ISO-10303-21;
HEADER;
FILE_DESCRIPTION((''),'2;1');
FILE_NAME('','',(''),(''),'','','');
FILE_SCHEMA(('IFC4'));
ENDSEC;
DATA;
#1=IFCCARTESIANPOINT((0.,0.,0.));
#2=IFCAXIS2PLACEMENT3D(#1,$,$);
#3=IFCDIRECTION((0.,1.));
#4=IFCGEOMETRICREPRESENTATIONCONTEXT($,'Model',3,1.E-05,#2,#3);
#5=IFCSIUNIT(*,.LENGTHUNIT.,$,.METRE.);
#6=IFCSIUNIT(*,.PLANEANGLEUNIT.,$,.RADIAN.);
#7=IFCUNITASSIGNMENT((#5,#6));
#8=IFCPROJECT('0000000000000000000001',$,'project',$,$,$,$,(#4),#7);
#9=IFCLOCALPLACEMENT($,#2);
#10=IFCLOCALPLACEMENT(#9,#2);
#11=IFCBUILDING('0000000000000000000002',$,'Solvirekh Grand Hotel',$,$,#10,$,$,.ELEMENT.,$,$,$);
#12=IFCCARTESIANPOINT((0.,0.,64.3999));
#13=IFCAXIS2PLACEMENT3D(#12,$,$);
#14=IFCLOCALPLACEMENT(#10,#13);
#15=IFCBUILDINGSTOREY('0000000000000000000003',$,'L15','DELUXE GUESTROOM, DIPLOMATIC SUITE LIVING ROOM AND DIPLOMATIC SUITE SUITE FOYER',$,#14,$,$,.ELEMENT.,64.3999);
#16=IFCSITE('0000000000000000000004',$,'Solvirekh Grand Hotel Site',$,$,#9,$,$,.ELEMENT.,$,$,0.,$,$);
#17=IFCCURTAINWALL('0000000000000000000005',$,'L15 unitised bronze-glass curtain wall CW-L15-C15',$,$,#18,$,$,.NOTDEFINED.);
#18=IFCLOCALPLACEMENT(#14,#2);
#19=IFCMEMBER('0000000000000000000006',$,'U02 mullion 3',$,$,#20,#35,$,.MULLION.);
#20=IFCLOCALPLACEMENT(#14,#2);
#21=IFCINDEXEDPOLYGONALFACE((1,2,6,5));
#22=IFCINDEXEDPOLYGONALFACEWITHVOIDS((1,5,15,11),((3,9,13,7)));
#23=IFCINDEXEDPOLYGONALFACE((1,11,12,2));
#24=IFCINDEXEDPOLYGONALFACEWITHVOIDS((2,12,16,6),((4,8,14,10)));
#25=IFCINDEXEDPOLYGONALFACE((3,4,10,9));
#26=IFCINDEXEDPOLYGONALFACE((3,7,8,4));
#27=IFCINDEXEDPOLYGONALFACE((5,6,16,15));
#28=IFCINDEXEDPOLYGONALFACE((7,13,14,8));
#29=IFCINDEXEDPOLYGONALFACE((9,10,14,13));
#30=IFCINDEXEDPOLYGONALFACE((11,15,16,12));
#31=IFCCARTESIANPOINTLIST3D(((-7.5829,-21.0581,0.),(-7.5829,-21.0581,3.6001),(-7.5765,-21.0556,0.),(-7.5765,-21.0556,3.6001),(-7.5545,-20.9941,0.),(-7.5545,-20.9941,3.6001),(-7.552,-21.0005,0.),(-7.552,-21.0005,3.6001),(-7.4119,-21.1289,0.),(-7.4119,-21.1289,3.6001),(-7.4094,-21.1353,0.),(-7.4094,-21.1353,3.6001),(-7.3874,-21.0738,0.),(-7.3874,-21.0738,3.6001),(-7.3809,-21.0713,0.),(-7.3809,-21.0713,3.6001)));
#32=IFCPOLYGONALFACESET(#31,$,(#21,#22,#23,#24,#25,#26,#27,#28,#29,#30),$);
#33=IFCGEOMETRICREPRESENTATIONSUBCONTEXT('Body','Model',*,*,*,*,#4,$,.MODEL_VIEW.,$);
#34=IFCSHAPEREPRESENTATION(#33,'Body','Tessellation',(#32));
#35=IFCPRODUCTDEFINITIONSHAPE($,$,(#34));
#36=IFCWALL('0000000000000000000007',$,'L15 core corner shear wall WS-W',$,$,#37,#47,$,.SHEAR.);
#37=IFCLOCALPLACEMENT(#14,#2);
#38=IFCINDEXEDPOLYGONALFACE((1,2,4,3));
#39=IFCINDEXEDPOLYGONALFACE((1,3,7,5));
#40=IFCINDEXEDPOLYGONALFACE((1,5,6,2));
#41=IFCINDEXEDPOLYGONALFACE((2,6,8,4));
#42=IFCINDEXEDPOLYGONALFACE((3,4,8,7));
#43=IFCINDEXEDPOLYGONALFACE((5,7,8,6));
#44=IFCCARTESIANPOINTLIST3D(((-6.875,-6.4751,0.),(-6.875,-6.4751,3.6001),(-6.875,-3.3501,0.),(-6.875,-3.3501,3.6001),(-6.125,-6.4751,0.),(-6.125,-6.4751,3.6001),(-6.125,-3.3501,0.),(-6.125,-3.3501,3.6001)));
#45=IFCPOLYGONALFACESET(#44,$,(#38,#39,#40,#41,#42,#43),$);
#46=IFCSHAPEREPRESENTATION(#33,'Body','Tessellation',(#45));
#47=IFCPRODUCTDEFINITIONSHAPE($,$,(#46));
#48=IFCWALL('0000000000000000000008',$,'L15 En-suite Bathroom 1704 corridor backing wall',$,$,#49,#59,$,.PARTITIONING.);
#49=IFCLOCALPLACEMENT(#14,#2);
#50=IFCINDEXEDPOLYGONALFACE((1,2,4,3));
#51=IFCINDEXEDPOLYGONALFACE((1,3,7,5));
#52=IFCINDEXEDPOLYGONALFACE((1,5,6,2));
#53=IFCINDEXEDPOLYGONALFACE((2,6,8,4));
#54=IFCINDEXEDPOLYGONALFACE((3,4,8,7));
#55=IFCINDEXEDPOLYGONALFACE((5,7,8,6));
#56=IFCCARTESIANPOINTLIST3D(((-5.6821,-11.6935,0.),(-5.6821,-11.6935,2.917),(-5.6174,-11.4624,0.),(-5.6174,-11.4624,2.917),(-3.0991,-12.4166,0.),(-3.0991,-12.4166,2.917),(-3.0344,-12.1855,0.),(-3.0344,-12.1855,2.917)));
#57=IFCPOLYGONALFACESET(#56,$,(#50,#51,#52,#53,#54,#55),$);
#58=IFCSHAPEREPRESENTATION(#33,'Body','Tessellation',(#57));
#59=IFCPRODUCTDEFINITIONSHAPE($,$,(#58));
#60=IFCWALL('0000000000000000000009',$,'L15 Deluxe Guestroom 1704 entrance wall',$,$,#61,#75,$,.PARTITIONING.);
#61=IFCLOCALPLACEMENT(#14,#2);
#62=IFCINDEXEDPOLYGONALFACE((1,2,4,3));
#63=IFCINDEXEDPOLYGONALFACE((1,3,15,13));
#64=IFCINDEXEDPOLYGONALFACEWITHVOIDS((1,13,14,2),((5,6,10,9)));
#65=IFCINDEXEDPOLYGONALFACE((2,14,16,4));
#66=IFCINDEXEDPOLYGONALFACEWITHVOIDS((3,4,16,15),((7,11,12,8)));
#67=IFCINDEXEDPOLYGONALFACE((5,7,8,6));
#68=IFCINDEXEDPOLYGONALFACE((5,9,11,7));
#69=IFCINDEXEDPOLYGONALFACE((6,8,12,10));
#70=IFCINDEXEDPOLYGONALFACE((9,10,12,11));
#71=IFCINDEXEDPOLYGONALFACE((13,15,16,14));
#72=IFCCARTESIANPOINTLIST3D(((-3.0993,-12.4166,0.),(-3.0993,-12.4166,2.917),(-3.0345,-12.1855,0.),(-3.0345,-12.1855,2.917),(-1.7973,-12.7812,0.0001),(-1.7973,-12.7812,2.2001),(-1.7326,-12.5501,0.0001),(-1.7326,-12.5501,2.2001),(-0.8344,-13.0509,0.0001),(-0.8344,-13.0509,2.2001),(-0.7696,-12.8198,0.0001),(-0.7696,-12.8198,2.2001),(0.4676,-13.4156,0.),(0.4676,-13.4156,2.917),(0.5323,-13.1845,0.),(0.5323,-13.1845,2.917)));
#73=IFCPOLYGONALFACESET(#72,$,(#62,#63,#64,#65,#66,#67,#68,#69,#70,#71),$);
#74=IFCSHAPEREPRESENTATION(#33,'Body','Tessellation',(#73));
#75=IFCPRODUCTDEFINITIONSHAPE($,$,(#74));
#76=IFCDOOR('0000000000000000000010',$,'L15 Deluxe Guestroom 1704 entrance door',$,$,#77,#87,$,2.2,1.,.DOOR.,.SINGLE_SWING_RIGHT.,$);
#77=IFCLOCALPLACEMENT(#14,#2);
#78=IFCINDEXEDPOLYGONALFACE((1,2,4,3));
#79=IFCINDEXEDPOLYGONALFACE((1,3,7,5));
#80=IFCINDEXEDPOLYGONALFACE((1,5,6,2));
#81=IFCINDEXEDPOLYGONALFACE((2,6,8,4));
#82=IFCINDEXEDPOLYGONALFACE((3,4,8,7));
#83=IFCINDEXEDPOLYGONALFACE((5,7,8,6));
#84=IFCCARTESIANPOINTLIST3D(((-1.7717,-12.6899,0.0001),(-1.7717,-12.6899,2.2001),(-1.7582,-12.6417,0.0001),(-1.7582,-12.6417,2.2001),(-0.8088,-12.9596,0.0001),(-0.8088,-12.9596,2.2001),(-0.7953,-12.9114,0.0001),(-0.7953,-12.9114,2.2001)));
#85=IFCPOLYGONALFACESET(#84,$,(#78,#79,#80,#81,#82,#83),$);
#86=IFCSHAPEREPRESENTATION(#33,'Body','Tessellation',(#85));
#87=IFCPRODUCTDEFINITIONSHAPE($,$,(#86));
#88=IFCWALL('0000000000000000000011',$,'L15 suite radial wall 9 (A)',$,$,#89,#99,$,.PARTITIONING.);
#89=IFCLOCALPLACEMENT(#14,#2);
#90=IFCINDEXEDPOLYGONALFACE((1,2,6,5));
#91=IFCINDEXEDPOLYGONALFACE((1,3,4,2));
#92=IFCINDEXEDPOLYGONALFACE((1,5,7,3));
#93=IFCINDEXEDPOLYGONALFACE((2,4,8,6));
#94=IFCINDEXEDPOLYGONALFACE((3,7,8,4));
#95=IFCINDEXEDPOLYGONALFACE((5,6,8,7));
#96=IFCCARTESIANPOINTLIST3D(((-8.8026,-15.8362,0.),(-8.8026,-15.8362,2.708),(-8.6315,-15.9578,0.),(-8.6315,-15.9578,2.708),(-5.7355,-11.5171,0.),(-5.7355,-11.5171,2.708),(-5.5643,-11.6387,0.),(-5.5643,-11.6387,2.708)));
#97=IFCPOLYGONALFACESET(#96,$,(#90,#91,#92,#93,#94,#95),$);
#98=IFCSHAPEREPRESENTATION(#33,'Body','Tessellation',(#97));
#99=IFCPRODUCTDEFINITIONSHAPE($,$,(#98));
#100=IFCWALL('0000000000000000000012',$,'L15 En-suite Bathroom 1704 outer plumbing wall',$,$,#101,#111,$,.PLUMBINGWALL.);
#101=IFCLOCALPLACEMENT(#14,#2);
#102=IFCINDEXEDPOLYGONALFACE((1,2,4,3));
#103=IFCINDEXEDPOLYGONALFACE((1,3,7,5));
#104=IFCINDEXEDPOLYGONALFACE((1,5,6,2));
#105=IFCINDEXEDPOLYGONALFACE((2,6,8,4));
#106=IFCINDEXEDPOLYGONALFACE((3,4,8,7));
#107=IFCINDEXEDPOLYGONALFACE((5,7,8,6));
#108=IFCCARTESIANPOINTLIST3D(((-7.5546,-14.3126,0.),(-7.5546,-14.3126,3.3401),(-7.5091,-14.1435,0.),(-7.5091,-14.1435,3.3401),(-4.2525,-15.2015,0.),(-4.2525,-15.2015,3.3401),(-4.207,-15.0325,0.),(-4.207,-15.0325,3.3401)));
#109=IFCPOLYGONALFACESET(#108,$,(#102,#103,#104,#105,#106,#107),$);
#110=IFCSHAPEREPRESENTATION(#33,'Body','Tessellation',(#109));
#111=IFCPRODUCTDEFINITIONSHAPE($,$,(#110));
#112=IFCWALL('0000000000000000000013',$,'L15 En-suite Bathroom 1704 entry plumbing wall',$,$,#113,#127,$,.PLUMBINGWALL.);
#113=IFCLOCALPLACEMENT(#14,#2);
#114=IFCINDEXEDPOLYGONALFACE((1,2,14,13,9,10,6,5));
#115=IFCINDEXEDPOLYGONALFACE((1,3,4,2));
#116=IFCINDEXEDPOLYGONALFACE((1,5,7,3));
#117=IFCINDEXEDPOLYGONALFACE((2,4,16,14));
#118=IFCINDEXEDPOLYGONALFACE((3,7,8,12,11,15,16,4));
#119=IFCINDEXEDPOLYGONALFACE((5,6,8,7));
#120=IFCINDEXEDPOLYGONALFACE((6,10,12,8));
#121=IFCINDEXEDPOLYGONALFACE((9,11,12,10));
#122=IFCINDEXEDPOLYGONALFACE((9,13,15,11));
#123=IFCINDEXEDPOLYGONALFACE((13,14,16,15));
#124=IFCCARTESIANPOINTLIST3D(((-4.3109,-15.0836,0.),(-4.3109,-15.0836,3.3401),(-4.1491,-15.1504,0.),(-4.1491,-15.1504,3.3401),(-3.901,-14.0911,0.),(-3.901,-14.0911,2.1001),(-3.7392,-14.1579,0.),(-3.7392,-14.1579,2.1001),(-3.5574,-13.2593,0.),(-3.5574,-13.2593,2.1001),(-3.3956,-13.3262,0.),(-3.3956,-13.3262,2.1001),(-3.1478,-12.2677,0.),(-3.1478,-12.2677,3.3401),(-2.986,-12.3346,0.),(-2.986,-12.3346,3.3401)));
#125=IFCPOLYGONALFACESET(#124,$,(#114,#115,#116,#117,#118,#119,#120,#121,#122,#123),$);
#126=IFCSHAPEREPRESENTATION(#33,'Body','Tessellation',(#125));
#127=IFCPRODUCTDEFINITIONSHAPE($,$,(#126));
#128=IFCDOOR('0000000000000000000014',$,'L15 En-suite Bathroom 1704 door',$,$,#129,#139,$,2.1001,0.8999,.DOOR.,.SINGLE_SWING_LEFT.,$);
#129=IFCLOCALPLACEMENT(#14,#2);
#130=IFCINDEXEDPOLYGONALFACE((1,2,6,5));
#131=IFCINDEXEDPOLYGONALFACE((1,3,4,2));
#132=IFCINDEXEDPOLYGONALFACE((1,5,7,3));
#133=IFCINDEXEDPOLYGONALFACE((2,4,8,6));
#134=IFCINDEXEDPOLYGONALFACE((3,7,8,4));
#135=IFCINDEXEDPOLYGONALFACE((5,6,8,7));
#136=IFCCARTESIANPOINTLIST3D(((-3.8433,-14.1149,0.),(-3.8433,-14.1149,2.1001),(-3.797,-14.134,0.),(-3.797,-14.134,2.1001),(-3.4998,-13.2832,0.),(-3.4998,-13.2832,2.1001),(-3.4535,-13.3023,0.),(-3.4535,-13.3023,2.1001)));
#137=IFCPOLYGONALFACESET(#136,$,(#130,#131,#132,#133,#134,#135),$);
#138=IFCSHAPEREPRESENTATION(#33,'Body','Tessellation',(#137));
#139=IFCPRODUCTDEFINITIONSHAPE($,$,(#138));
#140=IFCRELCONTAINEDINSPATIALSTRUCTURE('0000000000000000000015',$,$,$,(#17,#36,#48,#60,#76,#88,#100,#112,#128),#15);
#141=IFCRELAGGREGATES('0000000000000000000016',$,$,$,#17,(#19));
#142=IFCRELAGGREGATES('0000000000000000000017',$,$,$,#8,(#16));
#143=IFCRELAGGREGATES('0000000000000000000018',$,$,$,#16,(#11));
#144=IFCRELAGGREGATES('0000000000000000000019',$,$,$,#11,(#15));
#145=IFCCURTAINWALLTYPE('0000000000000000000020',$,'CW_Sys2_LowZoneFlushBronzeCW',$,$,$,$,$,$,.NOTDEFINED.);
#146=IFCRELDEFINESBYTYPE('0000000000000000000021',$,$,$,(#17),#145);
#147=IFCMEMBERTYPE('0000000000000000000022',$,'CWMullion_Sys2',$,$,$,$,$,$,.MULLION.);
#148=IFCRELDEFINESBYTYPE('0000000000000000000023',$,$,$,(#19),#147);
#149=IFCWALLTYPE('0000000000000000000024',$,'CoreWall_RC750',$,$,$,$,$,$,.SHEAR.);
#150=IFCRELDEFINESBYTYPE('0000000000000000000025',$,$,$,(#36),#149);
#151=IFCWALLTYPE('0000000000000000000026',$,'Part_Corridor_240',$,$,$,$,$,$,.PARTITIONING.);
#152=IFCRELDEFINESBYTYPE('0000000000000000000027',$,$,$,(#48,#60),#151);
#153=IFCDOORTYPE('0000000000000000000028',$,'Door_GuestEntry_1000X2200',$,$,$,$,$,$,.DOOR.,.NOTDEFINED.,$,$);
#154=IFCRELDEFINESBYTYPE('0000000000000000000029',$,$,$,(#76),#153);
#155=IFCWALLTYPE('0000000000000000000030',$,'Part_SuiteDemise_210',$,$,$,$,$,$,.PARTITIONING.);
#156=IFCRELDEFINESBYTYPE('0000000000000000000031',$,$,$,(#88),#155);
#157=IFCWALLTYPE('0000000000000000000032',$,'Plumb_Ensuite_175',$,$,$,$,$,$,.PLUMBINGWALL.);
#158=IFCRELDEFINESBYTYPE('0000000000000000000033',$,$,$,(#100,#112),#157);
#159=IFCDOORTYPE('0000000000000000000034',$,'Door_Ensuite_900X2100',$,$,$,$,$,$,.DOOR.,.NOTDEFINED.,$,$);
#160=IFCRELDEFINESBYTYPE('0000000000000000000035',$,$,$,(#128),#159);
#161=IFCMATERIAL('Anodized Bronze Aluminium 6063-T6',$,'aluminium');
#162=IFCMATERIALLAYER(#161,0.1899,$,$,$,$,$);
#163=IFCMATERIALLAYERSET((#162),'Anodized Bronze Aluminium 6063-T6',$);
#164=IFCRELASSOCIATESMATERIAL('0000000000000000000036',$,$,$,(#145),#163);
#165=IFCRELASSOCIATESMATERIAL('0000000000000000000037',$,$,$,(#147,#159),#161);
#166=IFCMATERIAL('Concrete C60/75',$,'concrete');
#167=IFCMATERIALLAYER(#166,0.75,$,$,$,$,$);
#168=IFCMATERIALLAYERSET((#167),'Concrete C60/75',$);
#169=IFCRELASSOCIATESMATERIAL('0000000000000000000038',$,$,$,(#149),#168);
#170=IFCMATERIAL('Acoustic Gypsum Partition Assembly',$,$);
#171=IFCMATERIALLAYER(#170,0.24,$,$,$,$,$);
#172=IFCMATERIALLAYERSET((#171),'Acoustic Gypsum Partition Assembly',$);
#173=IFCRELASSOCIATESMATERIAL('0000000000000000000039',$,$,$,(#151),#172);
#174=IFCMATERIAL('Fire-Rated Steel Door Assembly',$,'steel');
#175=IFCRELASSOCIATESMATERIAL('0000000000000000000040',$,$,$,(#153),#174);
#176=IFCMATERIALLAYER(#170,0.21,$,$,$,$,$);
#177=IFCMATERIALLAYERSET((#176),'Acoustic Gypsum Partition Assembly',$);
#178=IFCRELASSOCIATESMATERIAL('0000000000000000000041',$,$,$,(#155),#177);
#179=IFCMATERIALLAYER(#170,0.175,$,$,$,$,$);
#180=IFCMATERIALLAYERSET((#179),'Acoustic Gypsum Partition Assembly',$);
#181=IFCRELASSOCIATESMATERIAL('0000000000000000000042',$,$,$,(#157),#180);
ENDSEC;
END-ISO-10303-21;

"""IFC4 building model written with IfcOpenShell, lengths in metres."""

from ifc_helpers import new_model, si_unit, direction, frame, frame_2d, origin, origin_2d, place, context, subcontext, project, spatial, rectangle, hollow_rectangle, extrude, source, transform, mapped, material, layer, layer_set, material_profile, profile_set, type_object, element, fill, aggregate, save


model = new_model("IFC4")

# Units and contexts
model_context = context("Model", 3, precision=1e-05, world=origin(), true_north=direction((0.0, 1.0)))
body_context = subcontext(model_context, "Body", "Model", "MODEL_VIEW")
ifc_project = project(units=[si_unit("LENGTHUNIT", "METRE"), si_unit("PLANEANGLEUNIT", "RADIAN")], contexts=[model_context])

# Site, building, storey
site_placement = place(None, origin())
site = spatial("IfcSite", under=ifc_project, at=site_placement, Name="Solvirekh Grand Hotel Site", CompositionType="ELEMENT", RefElevation=0.0)
building_placement = place(site_placement, origin())
building = spatial("IfcBuilding", under=site, at=building_placement, Name="Solvirekh Grand Hotel", CompositionType="ELEMENT")
storey_placement = place(building_placement, frame((0.0, 0.0, 64.3999)))
storey = spatial("IfcBuildingStorey", under=building, at=storey_placement, Name="L15", Description="DELUXE GUESTROOM, DIPLOMATIC SUITE LIVING ROOM AND DIPLOMATIC SUITE SUITE FOYER", CompositionType="ELEMENT", Elevation=64.3999)

# Shared definitions
ifc_material_1 = material(Name="Concrete C60/75", Category="concrete")

# Curtain wall, member
ifc_material_2 = material(Name="Anodized Bronze Aluminium 6063-T6", Category="aluminium")
ifc_layer_1 = layer(ifc_material_2, 0.1899)
ifc_layer_set_1 = layer_set([ifc_layer_1], Name="Anodized Bronze Aluminium 6063-T6")
curtain_wall_type = type_object("IfcCurtainWallType", Name="CW_Sys2_LowZoneFlushBronzeCW", PredefinedType="NOTDEFINED", material=ifc_layer_set_1)
curtain_wall_placement = place(storey_placement, origin())
curtain_wall = element("IfcCurtainWall", 1, at=curtain_wall_placement, inside=storey, type_object=curtain_wall_type, Name="L15 unitised bronze-glass curtain wall CW-L15-C15", PredefinedType="NOTDEFINED")
ifc_material_profile_1 = material_profile(ifc_material_2, hollow_rectangle(XDim=0.0701, YDim=0.1899, WallThickness=0.0049, at=origin_2d()), Name="ALU RHS 190X70X5")
ifc_profile_set_1 = profile_set([ifc_material_profile_1], Name="Anodized Bronze Aluminium 6063-T6")
member_type = type_object("IfcMemberType", Name="CWMullion_Sys2", PredefinedType="MULLION", material=ifc_profile_set_1)
shared_shape = source(origin(), body_context, "Body", "SweptSolid", [
    extrude(hollow_rectangle(XDim=0.0701, YDim=0.1899, WallThickness=0.0049, at=origin_2d()), origin(), (0.0, 0.0, 1.0), 3.6001),
])
member_placement = place(storey_placement, frame((-7.4819, -21.0647, 0.0), z_axis=(0.0, 0.0, 1.0), x_axis=(0.406635, 0.913591, 0.0)))
member = element("IfcMember", 2, at=member_placement, type_object=member_type, Name="U02 mullion 3", PredefinedType="MULLION", context=body_context, shape_type="MappedRepresentation", body=[
    mapped(shared_shape, transform((0.0, 0.0, 0.0), x_axis=(1.0, 0.0, 0.0), y_axis=(0.0, 1.0, 0.0), z_axis=(0.0, 0.0, 1.0), scale=1.0)),
])
aggregate(curtain_wall, [member])

# Walls
ifc_layer_2 = layer(ifc_material_1, 0.75)
ifc_layer_set_2 = layer_set([ifc_layer_2], Name="Concrete C60/75")
wall_type_1 = type_object("IfcWallType", Name="CoreWall_RC750", PredefinedType="SHEAR", material=ifc_layer_set_2)
wall_1_placement = place(storey_placement, frame((-6.5, -6.4751, 0.0), z_axis=(0.0, 0.0, 1.0), x_axis=(0.0, 1.0, 0.0)))
element("IfcWall", 3, at=wall_1_placement, inside=storey, type_object=wall_type_1, Name="L15 core corner shear wall WS-W", PredefinedType="SHEAR", context=body_context, shape_type="SweptSolid", body=[
    extrude(rectangle(XDim=3.125, YDim=0.75, at=frame_2d((1.5625, 0.0))), origin(), (0.0, 0.0, 1.0), 3.6001),
])
ifc_material_3 = material(Name="Acoustic Gypsum Partition Assembly")
ifc_layer_3 = layer(ifc_material_3, 0.24)
ifc_layer_set_3 = layer_set([ifc_layer_3], Name="Acoustic Gypsum Partition Assembly")
wall_type_2 = type_object("IfcWallType", Name="Part_Corridor_240", PredefinedType="PARTITIONING", material=ifc_layer_set_3)
wall_2_placement = place(storey_placement, frame((-5.6499, -11.5779, 0.0), z_axis=(0.0, 0.0, 1.0), x_axis=(0.962973, -0.269596, 0.0)))
element("IfcWall", 4, at=wall_2_placement, inside=storey, type_object=wall_type_2, Name="L15 En-suite Bathroom 1704 corridor backing wall", PredefinedType="PARTITIONING", context=body_context, shape_type="SweptSolid", body=[
    extrude(rectangle(XDim=2.6824, YDim=0.24, at=frame_2d((1.3413, 0.0))), origin(), (0.0, 0.0, 1.0), 2.917),
])

# Wall, opening, door
wall_3_placement = place(storey_placement, frame((-3.0669, -12.301, 0.0), z_axis=(0.0, 0.0, 1.0), x_axis=(0.962943, -0.269703, 0.0)))
wall_3 = element("IfcWall", 5, at=wall_3_placement, inside=storey, type_object=wall_type_2, Name="L15 Deluxe Guestroom 1704 entrance wall", PredefinedType="PARTITIONING", context=body_context, shape_type="SweptSolid", body=[
    extrude(rectangle(XDim=3.7041, YDim=0.24, at=frame_2d((1.8521, 0.0))), origin(), (0.0, 0.0, 1.0), 2.917),
])
opening_1_placement = place(wall_3_placement, frame((1.3521, 0.0, 0.0)))
opening_1 = element("IfcOpeningElement", 6, at=opening_1_placement, cuts=wall_3, PredefinedType="OPENING", context=body_context, shape_type="SweptSolid", body=[
    extrude(rectangle(XDim=1.0, YDim=2.2, at=frame_2d((0.5, 1.1001))), frame((0.0, 0.1299, 0.0), z_axis=(0.0, -1.0, 0.0), x_axis=(1.0, 0.0, 0.0)), (0.0, 0.0, 1.0), 0.26),
])
ifc_material_4 = material(Name="Fire-Rated Steel Door Assembly", Category="steel")
door_type_1 = type_object("IfcDoorType", Name="Door_GuestEntry_1000X2200", OperationType="NOTDEFINED", PredefinedType="DOOR", material=ifc_material_4)
door_1_placement = place(opening_1_placement, origin())
door_1 = element("IfcDoor", 7, at=door_1_placement, inside=storey, type_object=door_type_1, Name="L15 Deluxe Guestroom 1704 entrance door", OperationType="SINGLE_SWING_RIGHT", OverallHeight=2.2, OverallWidth=1.0, PredefinedType="DOOR", context=body_context, shape_type="SweptSolid", body=[
    extrude(rectangle(XDim=1.0, YDim=2.2, at=frame_2d((0.5, 1.1001))), frame((0.0, 0.0249, 0.0), z_axis=(0.0, -1.0, 0.0), x_axis=(1.0, 0.0, 0.0)), (0.0, 0.0, 1.0), 0.05),
])
fill(opening_1, door_1)

# Walls
ifc_layer_4 = layer(ifc_material_3, 0.21)
ifc_layer_set_4 = layer_set([ifc_layer_4], Name="Acoustic Gypsum Partition Assembly")
wall_type_3 = type_object("IfcWallType", Name="Part_SuiteDemise_210", PredefinedType="PARTITIONING", material=ifc_layer_set_4)
wall_4_placement = place(storey_placement, frame((-5.6499, -11.5779, 0.0), z_axis=(0.0, 0.0, 1.0), x_axis=(-0.578995, -0.815331, 0.0)))
element("IfcWall", 8, at=wall_4_placement, inside=storey, type_object=wall_type_3, Name="L15 suite radial wall 9 (A)", PredefinedType="PARTITIONING", context=body_context, shape_type="SweptSolid", body=[
    extrude(rectangle(XDim=5.2974, YDim=0.21, at=frame_2d((2.6487, 0.0))), origin(), (0.0, 0.0, 1.0), 2.708),
])
ifc_layer_5 = layer(ifc_material_3, 0.175)
ifc_layer_set_5 = layer_set([ifc_layer_5], Name="Acoustic Gypsum Partition Assembly")
wall_type_4 = type_object("IfcWallType", Name="Plumb_Ensuite_175", PredefinedType="PLUMBINGWALL", material=ifc_layer_set_5)
wall_5_placement = place(storey_placement, frame((-7.532, -14.228, 0.0), z_axis=(0.0, 0.0, 1.0), x_axis=(0.965622, -0.25995, 0.0)))
element("IfcWall", 9, at=wall_5_placement, inside=storey, type_object=wall_type_4, Name="L15 En-suite Bathroom 1704 outer plumbing wall", PredefinedType="PLUMBINGWALL", context=body_context, shape_type="SweptSolid", body=[
    extrude(rectangle(XDim=3.4197, YDim=0.175, at=frame_2d((1.71, 0.0))), origin(), (0.0, 0.0, 1.0), 3.3401),
])

# Wall, opening, door
wall_6_placement = place(storey_placement, frame((-3.0669, -12.301, 0.0), z_axis=(0.0, 0.0, 1.0), x_axis=(-0.381757, -0.924263, 0.0)))
wall_6 = element("IfcWall", 10, at=wall_6_placement, inside=storey, type_object=wall_type_4, Name="L15 En-suite Bathroom 1704 entry plumbing wall", PredefinedType="PLUMBINGWALL", context=body_context, shape_type="SweptSolid", body=[
    extrude(rectangle(XDim=3.0466, YDim=0.175, at=frame_2d((1.5234, 0.0))), origin(), (0.0, 0.0, 1.0), 3.3401),
])
opening_2_placement = place(wall_6_placement, frame((1.073, 0.0, 0.0)))
opening_2 = element("IfcOpeningElement", 11, at=opening_2_placement, cuts=wall_6, PredefinedType="OPENING", context=body_context, shape_type="SweptSolid", body=[
    extrude(rectangle(XDim=0.8999, YDim=2.1001, at=frame_2d((0.45, 1.05))), frame((0.0, 0.0977, 0.0), z_axis=(0.0, -1.0, 0.0), x_axis=(1.0, 0.0, 0.0)), (0.0, 0.0, 1.0), 0.1951),
])
door_type_2 = type_object("IfcDoorType", Name="Door_Ensuite_900X2100", OperationType="NOTDEFINED", PredefinedType="DOOR", material=ifc_material_2)
door_2_placement = place(opening_2_placement, origin())
door_2 = element("IfcDoor", 12, at=door_2_placement, inside=storey, type_object=door_type_2, Name="L15 En-suite Bathroom 1704 door", OperationType="SINGLE_SWING_LEFT", OverallHeight=2.1001, OverallWidth=0.8999, PredefinedType="DOOR", context=body_context, shape_type="SweptSolid", body=[
    extrude(rectangle(XDim=0.8999, YDim=2.1001, at=frame_2d((0.45, 1.05))), frame((0.0, 0.0249, 0.0), z_axis=(0.0, -1.0, 0.0), x_axis=(1.0, 0.0, 0.0)), (0.0, 0.0, 1.0), 0.05),
])
fill(opening_2, door_2)

save(model, "model.ifc")
